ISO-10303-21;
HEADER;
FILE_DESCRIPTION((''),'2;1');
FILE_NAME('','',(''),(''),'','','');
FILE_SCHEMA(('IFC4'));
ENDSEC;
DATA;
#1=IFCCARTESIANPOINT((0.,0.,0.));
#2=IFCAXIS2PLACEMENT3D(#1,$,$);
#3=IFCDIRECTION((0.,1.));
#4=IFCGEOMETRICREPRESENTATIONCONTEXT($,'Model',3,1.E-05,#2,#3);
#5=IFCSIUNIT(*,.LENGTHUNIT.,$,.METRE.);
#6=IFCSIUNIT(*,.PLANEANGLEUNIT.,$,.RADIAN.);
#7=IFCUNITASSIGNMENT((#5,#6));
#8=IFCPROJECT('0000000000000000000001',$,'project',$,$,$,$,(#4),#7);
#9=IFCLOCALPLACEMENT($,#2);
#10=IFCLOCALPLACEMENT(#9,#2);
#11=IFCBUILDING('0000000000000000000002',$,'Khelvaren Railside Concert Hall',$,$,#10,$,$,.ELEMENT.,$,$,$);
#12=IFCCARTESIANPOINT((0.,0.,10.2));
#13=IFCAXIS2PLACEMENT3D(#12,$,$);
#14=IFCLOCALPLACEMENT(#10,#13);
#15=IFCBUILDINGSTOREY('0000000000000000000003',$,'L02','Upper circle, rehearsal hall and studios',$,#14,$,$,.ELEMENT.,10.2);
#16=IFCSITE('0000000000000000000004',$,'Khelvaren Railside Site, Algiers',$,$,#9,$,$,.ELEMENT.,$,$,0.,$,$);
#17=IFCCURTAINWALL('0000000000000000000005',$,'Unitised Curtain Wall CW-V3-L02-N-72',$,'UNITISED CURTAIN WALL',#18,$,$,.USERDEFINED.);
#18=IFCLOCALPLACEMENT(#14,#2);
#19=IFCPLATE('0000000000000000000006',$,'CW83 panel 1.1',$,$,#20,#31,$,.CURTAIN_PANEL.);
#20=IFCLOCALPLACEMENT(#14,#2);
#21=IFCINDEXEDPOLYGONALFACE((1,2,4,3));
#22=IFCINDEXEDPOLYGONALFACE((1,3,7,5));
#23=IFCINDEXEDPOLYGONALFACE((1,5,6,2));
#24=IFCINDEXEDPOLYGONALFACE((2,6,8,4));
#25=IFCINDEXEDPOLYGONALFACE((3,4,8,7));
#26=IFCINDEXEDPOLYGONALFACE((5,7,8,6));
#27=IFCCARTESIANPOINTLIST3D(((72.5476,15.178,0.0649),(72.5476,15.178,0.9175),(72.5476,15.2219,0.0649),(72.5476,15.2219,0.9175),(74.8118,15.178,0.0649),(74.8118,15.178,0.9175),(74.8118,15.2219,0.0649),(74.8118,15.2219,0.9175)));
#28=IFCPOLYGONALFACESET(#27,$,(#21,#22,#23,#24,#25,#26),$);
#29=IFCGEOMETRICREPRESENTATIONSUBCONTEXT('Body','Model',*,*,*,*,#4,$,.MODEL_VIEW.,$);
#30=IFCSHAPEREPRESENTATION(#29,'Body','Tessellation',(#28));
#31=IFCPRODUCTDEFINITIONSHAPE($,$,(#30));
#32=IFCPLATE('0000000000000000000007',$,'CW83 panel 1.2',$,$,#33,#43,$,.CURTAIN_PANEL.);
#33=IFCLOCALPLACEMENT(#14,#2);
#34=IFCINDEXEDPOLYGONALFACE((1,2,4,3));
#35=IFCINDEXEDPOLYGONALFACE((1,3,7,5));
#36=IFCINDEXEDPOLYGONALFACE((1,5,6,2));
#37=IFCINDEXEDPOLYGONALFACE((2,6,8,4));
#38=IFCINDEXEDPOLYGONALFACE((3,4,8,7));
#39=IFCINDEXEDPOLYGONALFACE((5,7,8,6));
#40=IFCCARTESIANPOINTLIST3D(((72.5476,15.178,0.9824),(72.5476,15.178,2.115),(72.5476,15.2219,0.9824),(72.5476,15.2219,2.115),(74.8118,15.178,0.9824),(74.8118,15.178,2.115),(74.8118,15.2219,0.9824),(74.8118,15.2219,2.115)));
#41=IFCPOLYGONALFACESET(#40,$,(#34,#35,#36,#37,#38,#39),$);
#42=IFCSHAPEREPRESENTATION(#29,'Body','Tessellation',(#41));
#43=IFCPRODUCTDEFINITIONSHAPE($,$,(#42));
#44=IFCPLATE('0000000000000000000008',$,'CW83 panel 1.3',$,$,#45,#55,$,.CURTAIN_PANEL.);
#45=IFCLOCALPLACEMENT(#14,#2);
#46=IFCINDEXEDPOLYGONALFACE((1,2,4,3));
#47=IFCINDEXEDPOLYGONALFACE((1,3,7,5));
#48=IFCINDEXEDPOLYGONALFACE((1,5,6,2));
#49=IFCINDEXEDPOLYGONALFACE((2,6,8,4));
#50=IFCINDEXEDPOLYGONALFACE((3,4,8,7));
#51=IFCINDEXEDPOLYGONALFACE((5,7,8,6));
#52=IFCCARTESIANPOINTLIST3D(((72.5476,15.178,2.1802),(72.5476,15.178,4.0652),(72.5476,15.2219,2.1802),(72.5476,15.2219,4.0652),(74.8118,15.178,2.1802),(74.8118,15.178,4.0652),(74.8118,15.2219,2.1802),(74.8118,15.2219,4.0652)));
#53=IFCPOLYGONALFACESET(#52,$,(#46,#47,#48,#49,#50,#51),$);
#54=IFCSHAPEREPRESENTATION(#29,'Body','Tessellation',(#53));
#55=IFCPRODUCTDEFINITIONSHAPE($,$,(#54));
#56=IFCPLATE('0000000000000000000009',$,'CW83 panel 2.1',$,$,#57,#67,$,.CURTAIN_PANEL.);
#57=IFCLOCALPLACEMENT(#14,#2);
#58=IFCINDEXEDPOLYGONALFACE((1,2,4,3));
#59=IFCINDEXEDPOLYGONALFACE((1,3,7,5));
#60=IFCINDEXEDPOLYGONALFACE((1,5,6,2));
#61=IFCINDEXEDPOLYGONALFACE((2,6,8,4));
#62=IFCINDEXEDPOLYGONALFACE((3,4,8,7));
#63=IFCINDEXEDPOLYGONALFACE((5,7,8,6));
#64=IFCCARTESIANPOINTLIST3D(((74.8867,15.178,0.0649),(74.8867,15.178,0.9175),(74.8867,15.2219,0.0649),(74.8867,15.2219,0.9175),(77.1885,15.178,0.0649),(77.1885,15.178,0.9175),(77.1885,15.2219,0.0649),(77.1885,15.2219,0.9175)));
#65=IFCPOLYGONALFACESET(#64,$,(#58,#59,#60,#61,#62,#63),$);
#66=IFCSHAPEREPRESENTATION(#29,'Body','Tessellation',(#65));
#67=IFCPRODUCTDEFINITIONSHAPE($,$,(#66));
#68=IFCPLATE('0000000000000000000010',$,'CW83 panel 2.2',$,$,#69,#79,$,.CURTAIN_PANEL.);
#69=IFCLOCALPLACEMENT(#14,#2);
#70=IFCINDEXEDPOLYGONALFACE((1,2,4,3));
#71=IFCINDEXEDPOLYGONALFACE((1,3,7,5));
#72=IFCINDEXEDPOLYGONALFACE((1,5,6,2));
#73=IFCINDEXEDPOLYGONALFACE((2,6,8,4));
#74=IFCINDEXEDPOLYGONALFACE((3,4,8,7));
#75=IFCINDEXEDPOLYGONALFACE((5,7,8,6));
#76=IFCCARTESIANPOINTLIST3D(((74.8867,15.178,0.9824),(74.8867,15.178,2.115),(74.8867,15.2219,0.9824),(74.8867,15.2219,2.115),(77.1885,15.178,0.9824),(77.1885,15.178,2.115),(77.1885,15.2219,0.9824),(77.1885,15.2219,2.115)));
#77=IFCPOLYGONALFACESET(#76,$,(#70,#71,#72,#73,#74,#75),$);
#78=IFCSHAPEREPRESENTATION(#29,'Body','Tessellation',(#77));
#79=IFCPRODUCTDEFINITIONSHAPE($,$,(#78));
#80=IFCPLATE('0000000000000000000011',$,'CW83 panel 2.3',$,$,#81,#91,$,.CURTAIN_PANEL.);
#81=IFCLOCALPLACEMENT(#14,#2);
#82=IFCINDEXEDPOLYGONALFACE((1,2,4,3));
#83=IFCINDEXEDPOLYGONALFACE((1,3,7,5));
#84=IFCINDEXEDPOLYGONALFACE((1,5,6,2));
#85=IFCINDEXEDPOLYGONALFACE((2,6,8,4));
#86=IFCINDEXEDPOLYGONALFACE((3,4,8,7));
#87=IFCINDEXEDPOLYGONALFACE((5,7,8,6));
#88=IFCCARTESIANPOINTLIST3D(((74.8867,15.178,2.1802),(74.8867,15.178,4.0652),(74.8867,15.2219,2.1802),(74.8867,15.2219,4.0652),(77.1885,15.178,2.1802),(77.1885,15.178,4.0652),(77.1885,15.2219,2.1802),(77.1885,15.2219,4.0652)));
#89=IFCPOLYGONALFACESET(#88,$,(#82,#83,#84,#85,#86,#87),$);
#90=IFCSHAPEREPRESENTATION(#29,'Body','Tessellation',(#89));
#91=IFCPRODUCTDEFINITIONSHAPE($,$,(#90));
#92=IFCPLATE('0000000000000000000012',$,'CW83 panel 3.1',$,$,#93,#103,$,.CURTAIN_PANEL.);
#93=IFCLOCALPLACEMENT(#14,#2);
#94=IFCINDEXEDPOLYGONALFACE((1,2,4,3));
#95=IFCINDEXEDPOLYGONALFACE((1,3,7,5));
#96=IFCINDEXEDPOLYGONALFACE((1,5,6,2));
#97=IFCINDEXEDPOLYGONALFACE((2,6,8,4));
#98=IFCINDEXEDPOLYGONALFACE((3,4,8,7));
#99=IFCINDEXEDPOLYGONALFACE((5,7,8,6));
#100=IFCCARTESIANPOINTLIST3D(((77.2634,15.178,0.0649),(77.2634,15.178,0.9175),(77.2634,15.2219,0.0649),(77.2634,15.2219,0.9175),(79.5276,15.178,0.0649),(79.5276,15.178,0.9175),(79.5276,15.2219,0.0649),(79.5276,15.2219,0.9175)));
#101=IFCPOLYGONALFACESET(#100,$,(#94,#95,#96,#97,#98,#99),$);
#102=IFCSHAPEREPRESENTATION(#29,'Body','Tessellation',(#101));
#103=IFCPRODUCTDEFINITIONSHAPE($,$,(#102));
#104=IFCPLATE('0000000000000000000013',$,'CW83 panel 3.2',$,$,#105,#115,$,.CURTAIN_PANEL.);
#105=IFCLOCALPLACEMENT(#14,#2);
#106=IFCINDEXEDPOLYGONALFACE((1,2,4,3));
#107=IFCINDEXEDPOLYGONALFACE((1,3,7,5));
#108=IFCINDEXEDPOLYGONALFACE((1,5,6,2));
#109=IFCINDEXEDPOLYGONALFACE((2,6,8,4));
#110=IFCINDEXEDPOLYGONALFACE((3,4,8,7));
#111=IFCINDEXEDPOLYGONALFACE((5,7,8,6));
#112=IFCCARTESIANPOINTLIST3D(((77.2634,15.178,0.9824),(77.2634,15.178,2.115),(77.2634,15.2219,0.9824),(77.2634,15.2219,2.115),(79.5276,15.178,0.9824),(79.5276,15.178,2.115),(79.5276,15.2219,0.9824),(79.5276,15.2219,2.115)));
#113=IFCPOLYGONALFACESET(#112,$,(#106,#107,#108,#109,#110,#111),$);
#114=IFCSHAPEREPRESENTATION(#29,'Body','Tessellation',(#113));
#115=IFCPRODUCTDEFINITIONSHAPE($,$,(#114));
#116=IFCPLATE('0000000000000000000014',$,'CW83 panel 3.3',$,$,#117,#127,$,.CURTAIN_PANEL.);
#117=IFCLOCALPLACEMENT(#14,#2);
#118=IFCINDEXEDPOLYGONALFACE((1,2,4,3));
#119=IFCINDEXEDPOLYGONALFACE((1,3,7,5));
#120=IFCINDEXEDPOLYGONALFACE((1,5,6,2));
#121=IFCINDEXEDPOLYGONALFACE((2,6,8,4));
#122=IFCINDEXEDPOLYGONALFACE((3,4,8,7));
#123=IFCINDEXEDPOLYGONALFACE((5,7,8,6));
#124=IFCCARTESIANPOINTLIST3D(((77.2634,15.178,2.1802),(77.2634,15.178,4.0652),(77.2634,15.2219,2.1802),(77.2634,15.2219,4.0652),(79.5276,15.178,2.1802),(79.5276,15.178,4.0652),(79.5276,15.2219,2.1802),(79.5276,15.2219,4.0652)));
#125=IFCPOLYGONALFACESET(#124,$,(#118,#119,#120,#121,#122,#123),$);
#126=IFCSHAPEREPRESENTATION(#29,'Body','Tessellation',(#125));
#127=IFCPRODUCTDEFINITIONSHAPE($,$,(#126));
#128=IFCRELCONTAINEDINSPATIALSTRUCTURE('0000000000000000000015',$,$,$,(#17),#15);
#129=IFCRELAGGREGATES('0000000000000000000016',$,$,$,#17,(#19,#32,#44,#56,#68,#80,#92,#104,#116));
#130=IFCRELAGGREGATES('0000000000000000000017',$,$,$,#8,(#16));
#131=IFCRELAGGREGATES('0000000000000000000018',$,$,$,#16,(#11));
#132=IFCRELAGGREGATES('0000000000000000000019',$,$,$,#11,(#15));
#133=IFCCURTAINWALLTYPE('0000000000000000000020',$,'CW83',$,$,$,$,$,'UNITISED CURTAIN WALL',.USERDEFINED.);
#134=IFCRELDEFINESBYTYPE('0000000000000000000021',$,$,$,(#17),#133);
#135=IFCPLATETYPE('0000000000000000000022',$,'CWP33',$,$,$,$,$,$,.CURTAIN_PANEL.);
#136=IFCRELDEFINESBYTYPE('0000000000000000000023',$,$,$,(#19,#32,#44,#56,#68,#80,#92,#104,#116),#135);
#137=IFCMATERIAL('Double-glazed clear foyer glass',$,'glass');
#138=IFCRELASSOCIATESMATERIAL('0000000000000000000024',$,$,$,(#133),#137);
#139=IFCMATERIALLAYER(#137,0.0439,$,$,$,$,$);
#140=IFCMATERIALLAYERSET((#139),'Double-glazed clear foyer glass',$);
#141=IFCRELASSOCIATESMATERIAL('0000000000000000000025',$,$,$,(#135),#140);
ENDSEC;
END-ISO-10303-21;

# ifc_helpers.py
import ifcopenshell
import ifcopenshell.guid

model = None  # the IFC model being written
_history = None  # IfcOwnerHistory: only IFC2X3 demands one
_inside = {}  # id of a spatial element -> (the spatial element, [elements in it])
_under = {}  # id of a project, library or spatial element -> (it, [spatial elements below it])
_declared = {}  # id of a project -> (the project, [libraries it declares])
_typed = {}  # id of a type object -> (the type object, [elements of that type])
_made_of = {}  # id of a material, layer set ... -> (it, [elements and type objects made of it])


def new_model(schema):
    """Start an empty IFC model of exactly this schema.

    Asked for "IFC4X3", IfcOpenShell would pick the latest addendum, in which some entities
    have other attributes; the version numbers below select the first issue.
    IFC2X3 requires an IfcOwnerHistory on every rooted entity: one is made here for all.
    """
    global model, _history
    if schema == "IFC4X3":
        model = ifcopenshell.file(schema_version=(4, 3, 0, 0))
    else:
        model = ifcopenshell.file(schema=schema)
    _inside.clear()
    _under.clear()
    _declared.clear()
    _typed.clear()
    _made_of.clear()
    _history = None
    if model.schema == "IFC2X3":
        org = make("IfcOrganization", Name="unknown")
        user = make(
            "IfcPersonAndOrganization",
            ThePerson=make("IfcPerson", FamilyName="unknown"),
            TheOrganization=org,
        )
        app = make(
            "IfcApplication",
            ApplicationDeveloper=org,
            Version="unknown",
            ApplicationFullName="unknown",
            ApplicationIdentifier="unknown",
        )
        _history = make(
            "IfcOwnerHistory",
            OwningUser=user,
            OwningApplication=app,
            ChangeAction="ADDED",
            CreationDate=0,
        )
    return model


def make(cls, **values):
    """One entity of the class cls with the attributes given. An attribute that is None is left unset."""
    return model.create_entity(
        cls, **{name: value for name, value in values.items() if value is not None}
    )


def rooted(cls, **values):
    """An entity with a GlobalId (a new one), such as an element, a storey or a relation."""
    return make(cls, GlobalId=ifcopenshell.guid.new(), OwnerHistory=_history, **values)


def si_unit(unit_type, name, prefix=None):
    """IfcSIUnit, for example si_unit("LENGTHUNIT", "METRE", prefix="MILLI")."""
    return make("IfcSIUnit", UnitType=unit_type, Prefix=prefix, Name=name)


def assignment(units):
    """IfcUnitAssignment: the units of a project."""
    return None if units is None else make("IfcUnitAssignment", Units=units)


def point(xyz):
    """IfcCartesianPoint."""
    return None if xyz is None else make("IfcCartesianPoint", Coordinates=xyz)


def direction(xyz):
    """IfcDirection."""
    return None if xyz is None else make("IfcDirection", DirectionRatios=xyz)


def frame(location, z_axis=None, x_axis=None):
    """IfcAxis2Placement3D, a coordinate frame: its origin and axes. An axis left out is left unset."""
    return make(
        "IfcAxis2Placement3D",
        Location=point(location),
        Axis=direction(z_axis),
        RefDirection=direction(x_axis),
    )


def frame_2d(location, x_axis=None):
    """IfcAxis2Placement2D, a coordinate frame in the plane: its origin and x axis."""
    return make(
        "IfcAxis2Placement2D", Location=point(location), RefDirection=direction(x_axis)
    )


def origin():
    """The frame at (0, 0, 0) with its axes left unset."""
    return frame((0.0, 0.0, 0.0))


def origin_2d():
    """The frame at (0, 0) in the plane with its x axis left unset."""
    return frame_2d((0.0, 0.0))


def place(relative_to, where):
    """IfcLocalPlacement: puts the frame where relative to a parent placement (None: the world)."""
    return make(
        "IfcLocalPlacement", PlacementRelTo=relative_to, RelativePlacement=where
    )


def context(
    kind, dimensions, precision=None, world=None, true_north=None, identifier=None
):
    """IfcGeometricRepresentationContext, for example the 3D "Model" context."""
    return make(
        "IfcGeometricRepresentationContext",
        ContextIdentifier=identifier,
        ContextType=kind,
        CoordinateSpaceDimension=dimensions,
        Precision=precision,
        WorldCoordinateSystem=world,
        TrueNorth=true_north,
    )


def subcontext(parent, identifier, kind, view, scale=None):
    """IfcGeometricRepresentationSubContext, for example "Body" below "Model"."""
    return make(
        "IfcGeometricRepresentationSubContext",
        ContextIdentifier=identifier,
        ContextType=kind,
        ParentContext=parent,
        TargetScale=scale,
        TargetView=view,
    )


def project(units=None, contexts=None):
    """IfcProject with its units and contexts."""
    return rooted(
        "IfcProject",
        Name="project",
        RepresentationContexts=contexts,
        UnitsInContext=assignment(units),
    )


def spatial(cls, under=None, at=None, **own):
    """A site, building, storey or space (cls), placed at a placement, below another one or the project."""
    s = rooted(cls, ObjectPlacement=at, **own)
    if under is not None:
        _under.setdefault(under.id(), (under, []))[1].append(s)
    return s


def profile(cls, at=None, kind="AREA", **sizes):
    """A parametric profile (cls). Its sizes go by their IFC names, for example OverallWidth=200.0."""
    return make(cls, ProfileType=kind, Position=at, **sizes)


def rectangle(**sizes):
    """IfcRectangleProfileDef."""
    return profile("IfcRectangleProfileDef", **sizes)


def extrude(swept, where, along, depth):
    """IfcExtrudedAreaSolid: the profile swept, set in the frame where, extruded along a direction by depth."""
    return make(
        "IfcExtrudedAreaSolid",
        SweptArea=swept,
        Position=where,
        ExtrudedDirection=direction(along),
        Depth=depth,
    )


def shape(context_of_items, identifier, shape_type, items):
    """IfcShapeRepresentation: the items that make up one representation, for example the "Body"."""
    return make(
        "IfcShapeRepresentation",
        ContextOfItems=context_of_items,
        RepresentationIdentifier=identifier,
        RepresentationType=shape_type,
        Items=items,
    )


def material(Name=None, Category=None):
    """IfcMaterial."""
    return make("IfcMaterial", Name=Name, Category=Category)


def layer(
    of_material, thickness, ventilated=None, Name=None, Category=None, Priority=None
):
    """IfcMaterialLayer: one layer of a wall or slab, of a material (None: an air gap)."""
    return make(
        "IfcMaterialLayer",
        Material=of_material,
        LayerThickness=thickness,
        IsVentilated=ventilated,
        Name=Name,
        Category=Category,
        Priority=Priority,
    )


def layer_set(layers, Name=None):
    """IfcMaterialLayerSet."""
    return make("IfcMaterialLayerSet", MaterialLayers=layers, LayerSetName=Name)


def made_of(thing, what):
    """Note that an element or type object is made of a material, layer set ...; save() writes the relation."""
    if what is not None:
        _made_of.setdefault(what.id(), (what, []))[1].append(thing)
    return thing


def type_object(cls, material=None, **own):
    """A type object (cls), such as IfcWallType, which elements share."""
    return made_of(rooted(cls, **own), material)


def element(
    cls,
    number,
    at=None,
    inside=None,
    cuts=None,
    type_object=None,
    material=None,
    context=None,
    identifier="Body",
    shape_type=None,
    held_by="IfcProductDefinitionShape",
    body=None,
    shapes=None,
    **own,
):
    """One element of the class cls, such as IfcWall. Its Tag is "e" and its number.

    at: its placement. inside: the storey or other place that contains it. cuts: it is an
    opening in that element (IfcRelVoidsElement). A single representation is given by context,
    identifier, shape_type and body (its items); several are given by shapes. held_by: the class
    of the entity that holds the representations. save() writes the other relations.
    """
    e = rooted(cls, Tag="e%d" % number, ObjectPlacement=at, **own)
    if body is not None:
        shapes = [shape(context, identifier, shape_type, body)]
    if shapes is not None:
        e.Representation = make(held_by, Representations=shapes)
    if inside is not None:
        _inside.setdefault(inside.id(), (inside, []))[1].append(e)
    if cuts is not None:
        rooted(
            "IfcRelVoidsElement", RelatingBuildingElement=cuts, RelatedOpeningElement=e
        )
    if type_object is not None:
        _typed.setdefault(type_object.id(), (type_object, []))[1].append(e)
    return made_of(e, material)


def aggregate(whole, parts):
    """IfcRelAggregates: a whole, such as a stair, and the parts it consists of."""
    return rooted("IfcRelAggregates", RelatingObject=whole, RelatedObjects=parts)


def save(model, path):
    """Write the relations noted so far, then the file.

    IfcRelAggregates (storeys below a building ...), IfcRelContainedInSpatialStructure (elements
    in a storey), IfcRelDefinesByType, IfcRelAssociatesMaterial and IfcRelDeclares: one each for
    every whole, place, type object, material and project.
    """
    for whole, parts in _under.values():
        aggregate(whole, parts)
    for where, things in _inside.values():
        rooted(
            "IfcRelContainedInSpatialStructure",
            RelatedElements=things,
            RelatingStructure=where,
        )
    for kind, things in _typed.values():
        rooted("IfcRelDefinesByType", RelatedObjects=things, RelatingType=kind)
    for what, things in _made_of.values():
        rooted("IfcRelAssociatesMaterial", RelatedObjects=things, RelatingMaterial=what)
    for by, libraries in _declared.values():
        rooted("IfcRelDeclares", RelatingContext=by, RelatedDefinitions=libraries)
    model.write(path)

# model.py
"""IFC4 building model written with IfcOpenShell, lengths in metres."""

from ifc_helpers import new_model, si_unit, direction, frame, origin, origin_2d, place, context, subcontext, project, spatial, rectangle, extrude, material, layer, layer_set, type_object, element, aggregate, save


model = new_model("IFC4")

# Units and contexts
model_context = context("Model", 3, precision=1e-05, world=origin(), true_north=direction((0.0, 1.0)))
body_context = subcontext(model_context, "Body", "Model", "MODEL_VIEW")
ifc_project = project(units=[si_unit("LENGTHUNIT", "METRE"), si_unit("PLANEANGLEUNIT", "RADIAN")], contexts=[model_context])

# Site, building, storey
site_placement = place(None, origin())
site = spatial("IfcSite", under=ifc_project, at=site_placement, Name="Khelvaren Railside Site, Algiers", CompositionType="ELEMENT", RefElevation=0.0)
building_placement = place(site_placement, origin())
building = spatial("IfcBuilding", under=site, at=building_placement, Name="Khelvaren Railside Concert Hall", CompositionType="ELEMENT")
storey_placement = place(building_placement, frame((0.0, 0.0, 10.2)))
storey = spatial("IfcBuildingStorey", under=building, at=storey_placement, Name="L02", Description="Upper circle, rehearsal hall and studios", CompositionType="ELEMENT", Elevation=10.2)

# Curtain wall
ifc_material_1 = material(Name="Double-glazed clear foyer glass", Category="glass")
curtain_wall_type = type_object("IfcCurtainWallType", Name="CW83", ElementType="UNITISED CURTAIN WALL", PredefinedType="USERDEFINED", material=ifc_material_1)
curtain_wall_placement = place(storey_placement, origin())
curtain_wall = element("IfcCurtainWall", 1, at=curtain_wall_placement, inside=storey, type_object=curtain_wall_type, Name="Unitised Curtain Wall CW-V3-L02-N-72", ObjectType="UNITISED CURTAIN WALL", PredefinedType="USERDEFINED")

# Plates
ifc_layer = layer(ifc_material_1, 0.0439)
ifc_layer_set = layer_set([ifc_layer], Name="Double-glazed clear foyer glass")
plate_type = type_object("IfcPlateType", Name="CWP33", PredefinedType="CURTAIN_PANEL", material=ifc_layer_set)
plate_1_placement = place(storey_placement, frame((73.6797, 15.2, 0.0649), z_axis=(0.0, 0.0, 1.0), x_axis=(1.0, 0.0, 0.0)))
plate_1 = element("IfcPlate", 2, at=plate_1_placement, type_object=plate_type, Name="CW83 panel 1.1", PredefinedType="CURTAIN_PANEL", context=body_context, shape_type="SweptSolid", body=[
    extrude(rectangle(XDim=2.2642, YDim=0.0439, at=origin_2d()), origin(), (0.0, 0.0, 1.0), 0.8525),
])
plate_2_placement = place(storey_placement, frame((73.6797, 15.2, 0.9824), z_axis=(0.0, 0.0, 1.0), x_axis=(1.0, 0.0, 0.0)))
plate_2 = element("IfcPlate", 3, at=plate_2_placement, type_object=plate_type, Name="CW83 panel 1.2", PredefinedType="CURTAIN_PANEL", context=body_context, shape_type="SweptSolid", body=[
    extrude(rectangle(XDim=2.2642, YDim=0.0439, at=origin_2d()), origin(), (0.0, 0.0, 1.0), 1.1326),
])
plate_3_placement = place(storey_placement, frame((73.6797, 15.2, 2.1802), z_axis=(0.0, 0.0, 1.0), x_axis=(1.0, 0.0, 0.0)))
plate_3 = element("IfcPlate", 4, at=plate_3_placement, type_object=plate_type, Name="CW83 panel 1.3", PredefinedType="CURTAIN_PANEL", context=body_context, shape_type="SweptSolid", body=[
    extrude(rectangle(XDim=2.2642, YDim=0.0439, at=origin_2d()), origin(), (0.0, 0.0, 1.0), 1.885),
])
plate_4_placement = place(storey_placement, frame((76.0376, 15.2, 0.0649), z_axis=(0.0, 0.0, 1.0), x_axis=(1.0, 0.0, 0.0)))
plate_4 = element("IfcPlate", 5, at=plate_4_placement, type_object=plate_type, Name="CW83 panel 2.1", PredefinedType="CURTAIN_PANEL", context=body_context, shape_type="SweptSolid", body=[
    extrude(rectangle(XDim=2.3018, YDim=0.0439, at=origin_2d()), origin(), (0.0, 0.0, 1.0), 0.8525),
])
plate_5_placement = place(storey_placement, frame((76.0376, 15.2, 0.9824), z_axis=(0.0, 0.0, 1.0), x_axis=(1.0, 0.0, 0.0)))
plate_5 = element("IfcPlate", 6, at=plate_5_placement, type_object=plate_type, Name="CW83 panel 2.2", PredefinedType="CURTAIN_PANEL", context=body_context, shape_type="SweptSolid", body=[
    extrude(rectangle(XDim=2.3018, YDim=0.0439, at=origin_2d()), origin(), (0.0, 0.0, 1.0), 1.1326),
])
plate_6_placement = place(storey_placement, frame((76.0376, 15.2, 2.1802), z_axis=(0.0, 0.0, 1.0), x_axis=(1.0, 0.0, 0.0)))
plate_6 = element("IfcPlate", 7, at=plate_6_placement, type_object=plate_type, Name="CW83 panel 2.3", PredefinedType="CURTAIN_PANEL", context=body_context, shape_type="SweptSolid", body=[
    extrude(rectangle(XDim=2.3018, YDim=0.0439, at=origin_2d()), origin(), (0.0, 0.0, 1.0), 1.885),
])
plate_7_placement = place(storey_placement, frame((78.3955, 15.2, 0.0649), z_axis=(0.0, 0.0, 1.0), x_axis=(1.0, 0.0, 0.0)))
plate_7 = element("IfcPlate", 8, at=plate_7_placement, type_object=plate_type, Name="CW83 panel 3.1", PredefinedType="CURTAIN_PANEL", context=body_context, shape_type="SweptSolid", body=[
    extrude(rectangle(XDim=2.2642, YDim=0.0439, at=origin_2d()), origin(), (0.0, 0.0, 1.0), 0.8525),
])
plate_8_placement = place(storey_placement, frame((78.3955, 15.2, 0.9824), z_axis=(0.0, 0.0, 1.0), x_axis=(1.0, 0.0, 0.0)))
plate_8 = element("IfcPlate", 9, at=plate_8_placement, type_object=plate_type, Name="CW83 panel 3.2", PredefinedType="CURTAIN_PANEL", context=body_context, shape_type="SweptSolid", body=[
    extrude(rectangle(XDim=2.2642, YDim=0.0439, at=origin_2d()), origin(), (0.0, 0.0, 1.0), 1.1326),
])
plate_9_placement = place(storey_placement, frame((78.3955, 15.2, 2.1802), z_axis=(0.0, 0.0, 1.0), x_axis=(1.0, 0.0, 0.0)))
plate_9 = element("IfcPlate", 10, at=plate_9_placement, type_object=plate_type, Name="CW83 panel 3.3", PredefinedType="CURTAIN_PANEL", context=body_context, shape_type="SweptSolid", body=[
    extrude(rectangle(XDim=2.2642, YDim=0.0439, at=origin_2d()), origin(), (0.0, 0.0, 1.0), 1.885),
])
aggregate(curtain_wall, [plate_1, plate_2, plate_3, plate_4, plate_5, plate_6, plate_7, plate_8, plate_9])

save(model, "model.ifc")
